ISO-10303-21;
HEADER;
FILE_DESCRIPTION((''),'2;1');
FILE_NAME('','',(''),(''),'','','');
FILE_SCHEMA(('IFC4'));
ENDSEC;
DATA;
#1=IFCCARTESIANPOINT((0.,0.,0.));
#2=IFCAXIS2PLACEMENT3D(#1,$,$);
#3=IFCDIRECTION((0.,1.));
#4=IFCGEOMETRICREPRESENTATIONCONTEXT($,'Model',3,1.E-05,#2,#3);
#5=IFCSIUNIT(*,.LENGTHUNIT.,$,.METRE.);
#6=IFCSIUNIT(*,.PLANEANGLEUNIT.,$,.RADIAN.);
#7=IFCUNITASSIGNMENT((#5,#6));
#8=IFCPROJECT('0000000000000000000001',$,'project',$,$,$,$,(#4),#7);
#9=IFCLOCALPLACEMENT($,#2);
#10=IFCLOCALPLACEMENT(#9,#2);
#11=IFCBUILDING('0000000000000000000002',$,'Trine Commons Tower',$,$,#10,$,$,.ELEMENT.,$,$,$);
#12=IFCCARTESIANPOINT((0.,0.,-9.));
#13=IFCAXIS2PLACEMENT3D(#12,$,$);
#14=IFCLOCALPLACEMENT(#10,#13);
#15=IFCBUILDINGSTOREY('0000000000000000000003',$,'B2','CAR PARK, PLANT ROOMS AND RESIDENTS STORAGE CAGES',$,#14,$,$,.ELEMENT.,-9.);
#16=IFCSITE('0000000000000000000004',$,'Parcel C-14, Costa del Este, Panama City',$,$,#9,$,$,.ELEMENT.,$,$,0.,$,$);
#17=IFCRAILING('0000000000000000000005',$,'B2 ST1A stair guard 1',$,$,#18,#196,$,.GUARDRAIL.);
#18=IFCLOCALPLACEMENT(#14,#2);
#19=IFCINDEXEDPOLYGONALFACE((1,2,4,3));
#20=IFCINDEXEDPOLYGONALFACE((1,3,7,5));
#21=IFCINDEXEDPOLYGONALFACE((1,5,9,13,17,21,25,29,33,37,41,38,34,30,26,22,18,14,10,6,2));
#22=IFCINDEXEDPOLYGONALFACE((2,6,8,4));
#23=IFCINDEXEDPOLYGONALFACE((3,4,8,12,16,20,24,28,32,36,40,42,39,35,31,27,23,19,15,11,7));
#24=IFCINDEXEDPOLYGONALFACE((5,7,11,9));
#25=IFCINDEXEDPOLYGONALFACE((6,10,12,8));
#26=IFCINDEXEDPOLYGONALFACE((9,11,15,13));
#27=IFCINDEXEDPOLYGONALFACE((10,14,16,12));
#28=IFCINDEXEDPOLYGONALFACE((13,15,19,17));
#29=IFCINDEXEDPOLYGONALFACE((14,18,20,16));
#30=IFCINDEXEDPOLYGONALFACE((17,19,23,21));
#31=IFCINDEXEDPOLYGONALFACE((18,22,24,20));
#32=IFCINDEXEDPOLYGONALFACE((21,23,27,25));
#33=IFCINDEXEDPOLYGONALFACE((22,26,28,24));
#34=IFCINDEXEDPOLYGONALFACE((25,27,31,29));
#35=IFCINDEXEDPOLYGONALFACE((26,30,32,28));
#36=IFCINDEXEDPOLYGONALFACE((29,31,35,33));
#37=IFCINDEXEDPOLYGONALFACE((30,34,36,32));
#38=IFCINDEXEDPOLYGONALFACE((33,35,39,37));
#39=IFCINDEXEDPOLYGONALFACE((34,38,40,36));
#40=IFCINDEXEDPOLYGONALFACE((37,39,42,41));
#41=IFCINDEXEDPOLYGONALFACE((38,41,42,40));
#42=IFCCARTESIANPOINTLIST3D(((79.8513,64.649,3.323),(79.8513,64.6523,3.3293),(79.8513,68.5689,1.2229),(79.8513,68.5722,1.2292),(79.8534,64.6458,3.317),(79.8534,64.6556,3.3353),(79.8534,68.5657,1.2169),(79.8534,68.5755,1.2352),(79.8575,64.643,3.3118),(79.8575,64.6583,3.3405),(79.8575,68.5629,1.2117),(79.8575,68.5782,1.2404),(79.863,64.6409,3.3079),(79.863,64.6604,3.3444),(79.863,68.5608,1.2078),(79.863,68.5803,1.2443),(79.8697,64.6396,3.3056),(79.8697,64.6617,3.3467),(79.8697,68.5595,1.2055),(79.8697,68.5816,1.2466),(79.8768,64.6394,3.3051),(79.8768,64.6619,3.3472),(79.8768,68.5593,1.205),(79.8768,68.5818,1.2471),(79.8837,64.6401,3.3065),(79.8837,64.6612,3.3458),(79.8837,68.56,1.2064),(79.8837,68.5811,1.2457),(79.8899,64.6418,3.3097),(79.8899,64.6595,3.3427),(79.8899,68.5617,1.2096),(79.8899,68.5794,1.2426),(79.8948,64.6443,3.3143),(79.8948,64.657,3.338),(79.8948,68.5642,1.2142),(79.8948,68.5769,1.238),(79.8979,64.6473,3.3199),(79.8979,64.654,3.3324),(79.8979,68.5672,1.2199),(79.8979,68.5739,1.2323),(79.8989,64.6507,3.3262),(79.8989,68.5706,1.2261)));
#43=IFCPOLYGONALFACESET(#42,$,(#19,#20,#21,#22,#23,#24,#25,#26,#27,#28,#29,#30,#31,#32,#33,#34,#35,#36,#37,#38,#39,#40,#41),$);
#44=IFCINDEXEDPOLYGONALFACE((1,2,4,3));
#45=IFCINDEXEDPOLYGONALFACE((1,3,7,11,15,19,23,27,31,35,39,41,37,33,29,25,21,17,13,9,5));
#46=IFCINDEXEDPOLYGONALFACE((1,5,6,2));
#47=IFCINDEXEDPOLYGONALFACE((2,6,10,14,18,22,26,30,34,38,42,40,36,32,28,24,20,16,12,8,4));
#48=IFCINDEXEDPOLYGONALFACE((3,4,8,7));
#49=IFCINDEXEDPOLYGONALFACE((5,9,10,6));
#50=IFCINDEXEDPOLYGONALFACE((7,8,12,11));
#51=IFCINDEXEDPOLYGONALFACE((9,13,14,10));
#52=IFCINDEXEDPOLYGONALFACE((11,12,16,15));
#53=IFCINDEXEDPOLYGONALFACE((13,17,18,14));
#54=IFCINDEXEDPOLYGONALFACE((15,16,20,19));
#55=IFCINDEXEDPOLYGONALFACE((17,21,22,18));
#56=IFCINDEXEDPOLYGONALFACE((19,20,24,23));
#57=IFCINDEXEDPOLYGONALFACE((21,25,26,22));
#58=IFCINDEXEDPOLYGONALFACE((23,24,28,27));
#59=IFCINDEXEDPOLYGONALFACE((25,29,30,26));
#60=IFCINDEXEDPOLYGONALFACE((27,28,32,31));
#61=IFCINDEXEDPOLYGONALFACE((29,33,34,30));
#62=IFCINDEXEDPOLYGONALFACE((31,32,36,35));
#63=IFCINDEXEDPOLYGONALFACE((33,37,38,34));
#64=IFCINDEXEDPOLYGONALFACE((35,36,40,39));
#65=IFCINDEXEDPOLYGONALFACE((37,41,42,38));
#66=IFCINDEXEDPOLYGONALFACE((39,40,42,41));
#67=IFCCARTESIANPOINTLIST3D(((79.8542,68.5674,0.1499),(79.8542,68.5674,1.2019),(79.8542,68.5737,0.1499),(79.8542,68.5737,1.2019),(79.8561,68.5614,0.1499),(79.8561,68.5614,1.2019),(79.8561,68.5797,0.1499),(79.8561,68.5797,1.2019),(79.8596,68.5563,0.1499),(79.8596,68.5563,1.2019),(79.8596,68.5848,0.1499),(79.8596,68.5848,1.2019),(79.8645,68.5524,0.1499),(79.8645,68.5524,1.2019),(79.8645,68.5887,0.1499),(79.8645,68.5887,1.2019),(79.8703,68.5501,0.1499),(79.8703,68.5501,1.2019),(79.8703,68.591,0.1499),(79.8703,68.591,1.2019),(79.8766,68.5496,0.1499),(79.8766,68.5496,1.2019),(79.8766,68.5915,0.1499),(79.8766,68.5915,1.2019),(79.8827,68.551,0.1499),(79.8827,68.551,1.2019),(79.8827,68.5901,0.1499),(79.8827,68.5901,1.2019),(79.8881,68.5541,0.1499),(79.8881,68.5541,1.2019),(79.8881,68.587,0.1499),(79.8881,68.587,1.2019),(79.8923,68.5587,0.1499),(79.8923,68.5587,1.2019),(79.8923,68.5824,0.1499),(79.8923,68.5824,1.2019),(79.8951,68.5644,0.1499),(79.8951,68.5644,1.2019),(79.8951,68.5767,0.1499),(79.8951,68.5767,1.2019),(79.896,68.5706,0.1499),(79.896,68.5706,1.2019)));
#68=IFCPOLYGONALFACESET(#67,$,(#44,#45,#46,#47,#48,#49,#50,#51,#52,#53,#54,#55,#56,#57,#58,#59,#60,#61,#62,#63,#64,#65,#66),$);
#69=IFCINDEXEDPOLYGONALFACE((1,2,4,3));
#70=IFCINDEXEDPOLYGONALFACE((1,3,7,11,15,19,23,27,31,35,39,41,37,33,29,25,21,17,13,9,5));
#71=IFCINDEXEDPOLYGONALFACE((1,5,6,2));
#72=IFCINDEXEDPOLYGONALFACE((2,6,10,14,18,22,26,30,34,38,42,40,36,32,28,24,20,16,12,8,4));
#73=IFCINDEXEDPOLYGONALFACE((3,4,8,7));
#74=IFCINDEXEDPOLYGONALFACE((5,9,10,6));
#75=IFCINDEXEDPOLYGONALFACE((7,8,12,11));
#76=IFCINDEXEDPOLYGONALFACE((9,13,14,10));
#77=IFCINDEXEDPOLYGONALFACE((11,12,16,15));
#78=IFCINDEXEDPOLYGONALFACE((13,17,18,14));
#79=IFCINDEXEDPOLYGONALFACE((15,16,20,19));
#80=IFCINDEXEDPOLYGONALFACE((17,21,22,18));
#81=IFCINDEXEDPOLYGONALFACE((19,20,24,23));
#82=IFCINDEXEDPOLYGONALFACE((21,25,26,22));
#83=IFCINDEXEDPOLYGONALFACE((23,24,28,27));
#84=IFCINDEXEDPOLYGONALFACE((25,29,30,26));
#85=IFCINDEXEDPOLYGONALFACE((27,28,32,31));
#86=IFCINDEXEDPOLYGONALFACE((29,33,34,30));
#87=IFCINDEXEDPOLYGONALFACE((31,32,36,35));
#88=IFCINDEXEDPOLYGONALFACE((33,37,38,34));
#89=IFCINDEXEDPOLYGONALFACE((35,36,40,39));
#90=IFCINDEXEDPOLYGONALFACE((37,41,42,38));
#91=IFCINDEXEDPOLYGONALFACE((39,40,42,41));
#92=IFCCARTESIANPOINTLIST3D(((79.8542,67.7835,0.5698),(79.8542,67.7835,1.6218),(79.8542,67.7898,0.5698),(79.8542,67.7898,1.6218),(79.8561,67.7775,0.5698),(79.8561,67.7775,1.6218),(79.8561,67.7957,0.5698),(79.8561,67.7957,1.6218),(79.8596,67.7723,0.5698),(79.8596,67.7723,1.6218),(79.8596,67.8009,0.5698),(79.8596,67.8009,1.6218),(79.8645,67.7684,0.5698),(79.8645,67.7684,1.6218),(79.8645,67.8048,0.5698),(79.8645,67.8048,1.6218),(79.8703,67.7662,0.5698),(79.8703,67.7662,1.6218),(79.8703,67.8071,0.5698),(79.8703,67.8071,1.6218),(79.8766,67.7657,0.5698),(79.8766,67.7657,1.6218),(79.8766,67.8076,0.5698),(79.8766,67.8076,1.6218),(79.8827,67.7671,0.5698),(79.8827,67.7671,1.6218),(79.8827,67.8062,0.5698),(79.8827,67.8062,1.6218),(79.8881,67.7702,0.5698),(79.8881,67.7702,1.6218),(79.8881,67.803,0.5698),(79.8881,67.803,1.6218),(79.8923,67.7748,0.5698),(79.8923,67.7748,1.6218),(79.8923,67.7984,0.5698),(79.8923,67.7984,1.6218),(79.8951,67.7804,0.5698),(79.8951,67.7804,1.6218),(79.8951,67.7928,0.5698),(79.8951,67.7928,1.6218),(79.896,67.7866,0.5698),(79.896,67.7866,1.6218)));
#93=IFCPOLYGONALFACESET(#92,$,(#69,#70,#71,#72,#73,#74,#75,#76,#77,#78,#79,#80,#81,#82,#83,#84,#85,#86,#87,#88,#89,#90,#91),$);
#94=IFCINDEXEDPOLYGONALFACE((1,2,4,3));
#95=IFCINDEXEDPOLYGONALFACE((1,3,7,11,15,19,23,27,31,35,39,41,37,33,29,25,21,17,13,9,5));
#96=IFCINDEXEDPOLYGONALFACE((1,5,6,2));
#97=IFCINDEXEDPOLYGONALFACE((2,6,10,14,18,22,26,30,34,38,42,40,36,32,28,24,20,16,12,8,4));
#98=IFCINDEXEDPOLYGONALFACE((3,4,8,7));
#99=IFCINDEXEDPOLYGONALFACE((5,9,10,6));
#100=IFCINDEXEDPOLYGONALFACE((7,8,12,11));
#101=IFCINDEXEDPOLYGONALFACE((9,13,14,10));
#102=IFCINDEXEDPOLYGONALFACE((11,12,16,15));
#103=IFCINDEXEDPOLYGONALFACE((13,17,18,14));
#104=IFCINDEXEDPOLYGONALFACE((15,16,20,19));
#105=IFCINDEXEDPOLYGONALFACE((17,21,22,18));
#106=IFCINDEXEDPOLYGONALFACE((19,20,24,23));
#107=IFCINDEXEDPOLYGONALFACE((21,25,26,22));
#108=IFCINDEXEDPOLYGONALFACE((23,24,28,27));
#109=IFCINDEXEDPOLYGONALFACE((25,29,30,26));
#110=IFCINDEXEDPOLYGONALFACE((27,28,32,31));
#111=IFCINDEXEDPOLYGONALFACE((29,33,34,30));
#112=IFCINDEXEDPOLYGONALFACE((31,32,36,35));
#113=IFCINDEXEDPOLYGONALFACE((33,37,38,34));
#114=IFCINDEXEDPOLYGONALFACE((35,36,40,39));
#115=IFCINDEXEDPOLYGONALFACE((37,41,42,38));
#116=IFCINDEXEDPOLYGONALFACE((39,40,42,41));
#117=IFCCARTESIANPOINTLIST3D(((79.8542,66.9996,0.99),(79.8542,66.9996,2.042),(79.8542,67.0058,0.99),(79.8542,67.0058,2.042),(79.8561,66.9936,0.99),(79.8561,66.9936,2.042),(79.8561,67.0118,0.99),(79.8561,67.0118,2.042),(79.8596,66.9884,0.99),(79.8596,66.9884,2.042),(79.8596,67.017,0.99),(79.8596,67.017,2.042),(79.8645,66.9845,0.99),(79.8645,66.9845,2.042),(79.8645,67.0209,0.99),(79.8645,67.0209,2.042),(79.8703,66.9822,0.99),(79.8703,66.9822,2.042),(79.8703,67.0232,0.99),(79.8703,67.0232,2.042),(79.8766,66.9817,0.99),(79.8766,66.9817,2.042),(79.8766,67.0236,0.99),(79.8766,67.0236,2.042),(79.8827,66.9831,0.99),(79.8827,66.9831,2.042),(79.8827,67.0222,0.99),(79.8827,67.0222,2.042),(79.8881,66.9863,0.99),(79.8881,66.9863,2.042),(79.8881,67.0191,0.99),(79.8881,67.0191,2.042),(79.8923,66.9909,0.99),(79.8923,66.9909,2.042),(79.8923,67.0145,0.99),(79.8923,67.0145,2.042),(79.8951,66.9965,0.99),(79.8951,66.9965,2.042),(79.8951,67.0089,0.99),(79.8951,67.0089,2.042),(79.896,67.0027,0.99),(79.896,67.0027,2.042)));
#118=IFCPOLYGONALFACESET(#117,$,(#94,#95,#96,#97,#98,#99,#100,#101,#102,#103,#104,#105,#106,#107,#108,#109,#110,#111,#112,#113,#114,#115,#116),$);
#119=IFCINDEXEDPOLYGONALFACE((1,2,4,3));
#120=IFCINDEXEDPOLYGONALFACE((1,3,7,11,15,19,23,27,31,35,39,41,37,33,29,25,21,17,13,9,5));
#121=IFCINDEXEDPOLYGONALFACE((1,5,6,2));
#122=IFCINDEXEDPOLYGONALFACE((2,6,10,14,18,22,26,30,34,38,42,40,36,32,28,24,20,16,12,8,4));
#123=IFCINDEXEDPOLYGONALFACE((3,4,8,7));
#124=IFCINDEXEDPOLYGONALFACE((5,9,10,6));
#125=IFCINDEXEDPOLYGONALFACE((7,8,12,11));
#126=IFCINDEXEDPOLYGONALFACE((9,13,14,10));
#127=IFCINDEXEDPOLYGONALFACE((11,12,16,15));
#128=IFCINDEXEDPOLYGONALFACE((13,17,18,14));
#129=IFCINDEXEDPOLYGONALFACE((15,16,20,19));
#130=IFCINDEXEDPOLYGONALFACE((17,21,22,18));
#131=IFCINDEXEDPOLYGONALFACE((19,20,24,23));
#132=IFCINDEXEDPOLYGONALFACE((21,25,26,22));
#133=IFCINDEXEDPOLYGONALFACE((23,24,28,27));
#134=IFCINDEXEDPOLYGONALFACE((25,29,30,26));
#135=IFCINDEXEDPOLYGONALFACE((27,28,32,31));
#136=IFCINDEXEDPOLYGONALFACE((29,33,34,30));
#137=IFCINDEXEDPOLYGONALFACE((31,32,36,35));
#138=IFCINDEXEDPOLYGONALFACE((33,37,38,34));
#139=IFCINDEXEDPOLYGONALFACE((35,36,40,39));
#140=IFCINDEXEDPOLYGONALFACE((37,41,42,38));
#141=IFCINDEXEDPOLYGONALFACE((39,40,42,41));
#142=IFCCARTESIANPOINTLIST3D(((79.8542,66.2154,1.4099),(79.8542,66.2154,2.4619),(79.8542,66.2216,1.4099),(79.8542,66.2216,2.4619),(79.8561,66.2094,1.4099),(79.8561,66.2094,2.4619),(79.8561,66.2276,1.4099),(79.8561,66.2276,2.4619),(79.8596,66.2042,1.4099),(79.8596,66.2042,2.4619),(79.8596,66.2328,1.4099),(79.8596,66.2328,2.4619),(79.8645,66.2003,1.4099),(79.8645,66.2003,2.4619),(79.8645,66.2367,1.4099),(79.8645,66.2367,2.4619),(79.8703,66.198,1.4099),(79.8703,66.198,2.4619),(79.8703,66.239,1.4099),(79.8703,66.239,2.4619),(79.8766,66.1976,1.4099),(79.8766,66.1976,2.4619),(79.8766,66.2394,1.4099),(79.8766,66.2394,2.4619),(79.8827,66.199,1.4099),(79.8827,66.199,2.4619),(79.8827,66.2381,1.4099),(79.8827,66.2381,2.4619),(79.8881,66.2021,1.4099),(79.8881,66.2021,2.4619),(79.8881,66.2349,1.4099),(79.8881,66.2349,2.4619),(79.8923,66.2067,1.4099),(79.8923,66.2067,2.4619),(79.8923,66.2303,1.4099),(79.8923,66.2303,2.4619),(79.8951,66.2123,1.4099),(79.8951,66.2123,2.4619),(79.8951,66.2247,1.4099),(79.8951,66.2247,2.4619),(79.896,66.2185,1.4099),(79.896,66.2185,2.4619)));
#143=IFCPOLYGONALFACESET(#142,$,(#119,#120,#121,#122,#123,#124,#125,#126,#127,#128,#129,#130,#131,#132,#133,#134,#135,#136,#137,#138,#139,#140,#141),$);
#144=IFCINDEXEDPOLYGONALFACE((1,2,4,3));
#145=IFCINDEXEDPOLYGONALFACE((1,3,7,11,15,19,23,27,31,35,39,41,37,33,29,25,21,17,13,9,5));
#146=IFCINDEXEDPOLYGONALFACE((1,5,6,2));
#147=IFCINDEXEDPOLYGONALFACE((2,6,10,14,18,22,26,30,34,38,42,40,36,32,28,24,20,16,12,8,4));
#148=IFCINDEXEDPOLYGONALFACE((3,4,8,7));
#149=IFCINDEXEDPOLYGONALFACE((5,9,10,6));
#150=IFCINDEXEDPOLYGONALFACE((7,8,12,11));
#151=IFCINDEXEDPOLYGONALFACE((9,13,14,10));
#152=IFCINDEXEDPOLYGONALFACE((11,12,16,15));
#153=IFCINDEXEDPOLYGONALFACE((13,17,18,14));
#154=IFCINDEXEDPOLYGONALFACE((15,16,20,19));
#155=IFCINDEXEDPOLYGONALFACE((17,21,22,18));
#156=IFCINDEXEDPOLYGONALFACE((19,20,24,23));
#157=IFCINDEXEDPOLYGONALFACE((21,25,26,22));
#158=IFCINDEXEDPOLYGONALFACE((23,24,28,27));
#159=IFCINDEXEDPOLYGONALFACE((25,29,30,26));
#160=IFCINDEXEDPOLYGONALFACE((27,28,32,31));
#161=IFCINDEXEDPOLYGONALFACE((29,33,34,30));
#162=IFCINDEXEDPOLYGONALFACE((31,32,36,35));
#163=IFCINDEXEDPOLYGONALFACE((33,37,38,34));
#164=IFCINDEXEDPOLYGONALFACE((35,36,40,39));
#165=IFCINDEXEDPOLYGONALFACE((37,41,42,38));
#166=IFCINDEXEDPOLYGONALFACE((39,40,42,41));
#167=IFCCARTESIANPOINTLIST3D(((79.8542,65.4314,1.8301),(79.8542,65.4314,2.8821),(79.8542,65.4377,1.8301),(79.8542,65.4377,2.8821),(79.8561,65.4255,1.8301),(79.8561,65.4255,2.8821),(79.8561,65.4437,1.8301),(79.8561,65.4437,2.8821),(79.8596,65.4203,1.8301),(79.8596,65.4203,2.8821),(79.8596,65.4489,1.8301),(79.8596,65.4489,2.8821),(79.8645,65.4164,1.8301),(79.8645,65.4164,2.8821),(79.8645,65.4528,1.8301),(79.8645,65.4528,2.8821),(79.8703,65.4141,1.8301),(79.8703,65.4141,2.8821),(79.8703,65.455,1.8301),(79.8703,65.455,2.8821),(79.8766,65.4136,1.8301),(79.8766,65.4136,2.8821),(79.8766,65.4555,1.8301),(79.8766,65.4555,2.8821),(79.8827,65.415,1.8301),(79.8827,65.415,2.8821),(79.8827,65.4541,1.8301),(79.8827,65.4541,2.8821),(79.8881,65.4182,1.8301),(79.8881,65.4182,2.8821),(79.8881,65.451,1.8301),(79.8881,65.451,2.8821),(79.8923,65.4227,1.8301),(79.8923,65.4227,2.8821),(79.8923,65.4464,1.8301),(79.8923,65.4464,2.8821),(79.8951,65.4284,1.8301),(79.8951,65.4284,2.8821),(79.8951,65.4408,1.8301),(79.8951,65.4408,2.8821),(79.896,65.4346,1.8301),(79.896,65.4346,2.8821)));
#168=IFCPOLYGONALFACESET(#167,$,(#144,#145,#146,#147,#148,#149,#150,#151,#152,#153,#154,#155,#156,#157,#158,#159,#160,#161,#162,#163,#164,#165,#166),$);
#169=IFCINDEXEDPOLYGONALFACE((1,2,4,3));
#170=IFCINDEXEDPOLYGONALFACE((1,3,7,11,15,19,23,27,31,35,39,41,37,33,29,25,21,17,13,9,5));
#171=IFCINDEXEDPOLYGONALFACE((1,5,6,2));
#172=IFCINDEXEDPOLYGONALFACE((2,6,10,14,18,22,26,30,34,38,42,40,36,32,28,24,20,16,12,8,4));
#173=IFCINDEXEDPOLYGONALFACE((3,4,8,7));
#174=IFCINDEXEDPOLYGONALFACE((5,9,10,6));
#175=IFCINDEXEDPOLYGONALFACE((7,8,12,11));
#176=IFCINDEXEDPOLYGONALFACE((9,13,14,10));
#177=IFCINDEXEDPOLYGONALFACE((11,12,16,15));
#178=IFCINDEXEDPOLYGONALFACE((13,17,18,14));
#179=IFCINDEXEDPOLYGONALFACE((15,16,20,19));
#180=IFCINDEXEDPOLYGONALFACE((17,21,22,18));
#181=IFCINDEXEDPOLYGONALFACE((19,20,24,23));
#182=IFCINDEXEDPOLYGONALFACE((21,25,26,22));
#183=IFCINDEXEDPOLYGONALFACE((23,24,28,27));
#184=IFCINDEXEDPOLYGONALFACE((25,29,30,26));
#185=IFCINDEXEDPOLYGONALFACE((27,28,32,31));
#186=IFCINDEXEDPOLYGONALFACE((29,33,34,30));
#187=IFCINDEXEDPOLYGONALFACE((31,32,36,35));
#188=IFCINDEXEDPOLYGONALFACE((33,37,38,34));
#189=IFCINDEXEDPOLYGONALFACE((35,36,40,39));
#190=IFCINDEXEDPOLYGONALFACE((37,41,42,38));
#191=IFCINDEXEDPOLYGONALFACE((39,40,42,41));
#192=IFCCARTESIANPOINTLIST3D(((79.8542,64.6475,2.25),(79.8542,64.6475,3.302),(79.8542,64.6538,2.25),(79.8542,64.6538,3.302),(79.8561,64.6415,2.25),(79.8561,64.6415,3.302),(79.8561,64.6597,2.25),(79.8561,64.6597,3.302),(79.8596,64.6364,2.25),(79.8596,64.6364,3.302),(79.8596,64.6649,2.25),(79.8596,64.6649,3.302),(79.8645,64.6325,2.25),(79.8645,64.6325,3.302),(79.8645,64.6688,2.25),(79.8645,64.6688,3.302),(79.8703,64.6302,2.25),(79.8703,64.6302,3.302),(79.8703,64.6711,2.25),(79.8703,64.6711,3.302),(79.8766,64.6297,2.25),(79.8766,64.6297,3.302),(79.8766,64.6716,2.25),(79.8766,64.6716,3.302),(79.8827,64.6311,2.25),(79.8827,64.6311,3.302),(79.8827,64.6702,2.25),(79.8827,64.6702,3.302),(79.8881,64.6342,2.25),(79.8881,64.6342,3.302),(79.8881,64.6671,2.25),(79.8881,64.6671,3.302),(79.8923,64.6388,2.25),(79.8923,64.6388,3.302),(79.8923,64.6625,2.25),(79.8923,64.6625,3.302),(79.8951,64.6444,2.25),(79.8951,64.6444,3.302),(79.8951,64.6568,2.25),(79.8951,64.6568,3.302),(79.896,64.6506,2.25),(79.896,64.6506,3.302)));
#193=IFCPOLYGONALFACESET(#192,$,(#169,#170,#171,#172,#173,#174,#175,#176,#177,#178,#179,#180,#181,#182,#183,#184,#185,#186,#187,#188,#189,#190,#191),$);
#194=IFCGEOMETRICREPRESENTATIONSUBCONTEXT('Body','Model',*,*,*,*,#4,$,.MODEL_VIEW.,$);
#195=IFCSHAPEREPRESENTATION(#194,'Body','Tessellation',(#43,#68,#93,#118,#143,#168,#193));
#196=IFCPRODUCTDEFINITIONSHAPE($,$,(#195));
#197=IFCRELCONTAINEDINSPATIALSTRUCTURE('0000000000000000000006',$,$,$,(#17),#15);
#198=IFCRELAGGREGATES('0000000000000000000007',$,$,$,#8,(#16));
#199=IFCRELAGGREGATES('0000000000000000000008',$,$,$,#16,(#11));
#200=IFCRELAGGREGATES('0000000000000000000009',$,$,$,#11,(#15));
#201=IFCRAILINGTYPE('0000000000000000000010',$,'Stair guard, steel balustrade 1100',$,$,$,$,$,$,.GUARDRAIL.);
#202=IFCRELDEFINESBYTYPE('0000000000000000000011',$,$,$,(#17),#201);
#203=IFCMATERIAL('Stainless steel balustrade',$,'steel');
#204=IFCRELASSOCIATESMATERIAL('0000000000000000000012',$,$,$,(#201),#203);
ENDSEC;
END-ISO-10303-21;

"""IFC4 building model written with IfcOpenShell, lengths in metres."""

from ifc_helpers import new_model, si_unit, direction, frame, origin, origin_2d, place, context, subcontext, project, spatial, circle, extrude, material, type_object, element, save


model = new_model("IFC4")

# Units and contexts
model_context = context("Model", 3, precision=1e-05, world=origin(), true_north=direction((0.0, 1.0)))
body_context = subcontext(model_context, "Body", "Model", "MODEL_VIEW")
ifc_project = project(units=[si_unit("LENGTHUNIT", "METRE"), si_unit("PLANEANGLEUNIT", "RADIAN")], contexts=[model_context])

# Site, building, storey
site_placement = place(None, origin())
site = spatial("IfcSite", under=ifc_project, at=site_placement, Name="Parcel C-14, Costa del Este, Panama City", CompositionType="ELEMENT", RefElevation=0.0)
building_placement = place(site_placement, origin())
building = spatial("IfcBuilding", under=site, at=building_placement, Name="Trine Commons Tower", CompositionType="ELEMENT")
storey_placement = place(building_placement, frame((0.0, 0.0, -9.0)))
storey = spatial("IfcBuildingStorey", under=building, at=storey_placement, Name="B2", Description="CAR PARK, PLANT ROOMS AND RESIDENTS STORAGE CAGES", CompositionType="ELEMENT", Elevation=-9.0)

# Railing
ifc_material_1 = material(Name="Stainless steel balustrade", Category="steel")
railing_type = type_object("IfcRailingType", Name="Stair guard, steel balustrade 1100", PredefinedType="GUARDRAIL", material=ifc_material_1)
railing_1_placement = place(storey_placement, frame((79.875, 68.5706, 0.1499)))
element("IfcRailing", 1, at=railing_1_placement, inside=storey, type_object=railing_type, Name="B2 ST1A stair guard 1", PredefinedType="GUARDRAIL", context=body_context, shape_type="SweptSolid", body=[
    extrude(circle(Radius=0.0239, at=origin_2d()), frame((0.0, 0.0, 1.0762), z_axis=(0.0, -0.881467, 0.472246), x_axis=(1.0, 0.0, 0.0)), (0.0, 0.0, 1.0), 4.447),
    extrude(circle(Radius=0.021, at=origin_2d()), origin(), (0.0, 0.0, 1.0), 1.052),
    extrude(circle(Radius=0.021, at=origin_2d()), frame((0.0, -0.7839, 0.4199)), (0.0, 0.0, 1.0), 1.052),
    extrude(circle(Radius=0.021, at=origin_2d()), frame((0.0, -1.5679, 0.8401)), (0.0, 0.0, 1.0), 1.052),
    extrude(circle(Radius=0.021, at=origin_2d()), frame((0.0, -2.3521, 1.26)), (0.0, 0.0, 1.0), 1.052),
    extrude(circle(Radius=0.021, at=origin_2d()), frame((0.0, -3.136, 1.6802)), (0.0, 0.0, 1.0), 1.052),
    extrude(circle(Radius=0.021, at=origin_2d()), frame((0.0, -3.9199, 2.1001)), (0.0, 0.0, 1.0), 1.052),
])

save(model, "model.ifc")
